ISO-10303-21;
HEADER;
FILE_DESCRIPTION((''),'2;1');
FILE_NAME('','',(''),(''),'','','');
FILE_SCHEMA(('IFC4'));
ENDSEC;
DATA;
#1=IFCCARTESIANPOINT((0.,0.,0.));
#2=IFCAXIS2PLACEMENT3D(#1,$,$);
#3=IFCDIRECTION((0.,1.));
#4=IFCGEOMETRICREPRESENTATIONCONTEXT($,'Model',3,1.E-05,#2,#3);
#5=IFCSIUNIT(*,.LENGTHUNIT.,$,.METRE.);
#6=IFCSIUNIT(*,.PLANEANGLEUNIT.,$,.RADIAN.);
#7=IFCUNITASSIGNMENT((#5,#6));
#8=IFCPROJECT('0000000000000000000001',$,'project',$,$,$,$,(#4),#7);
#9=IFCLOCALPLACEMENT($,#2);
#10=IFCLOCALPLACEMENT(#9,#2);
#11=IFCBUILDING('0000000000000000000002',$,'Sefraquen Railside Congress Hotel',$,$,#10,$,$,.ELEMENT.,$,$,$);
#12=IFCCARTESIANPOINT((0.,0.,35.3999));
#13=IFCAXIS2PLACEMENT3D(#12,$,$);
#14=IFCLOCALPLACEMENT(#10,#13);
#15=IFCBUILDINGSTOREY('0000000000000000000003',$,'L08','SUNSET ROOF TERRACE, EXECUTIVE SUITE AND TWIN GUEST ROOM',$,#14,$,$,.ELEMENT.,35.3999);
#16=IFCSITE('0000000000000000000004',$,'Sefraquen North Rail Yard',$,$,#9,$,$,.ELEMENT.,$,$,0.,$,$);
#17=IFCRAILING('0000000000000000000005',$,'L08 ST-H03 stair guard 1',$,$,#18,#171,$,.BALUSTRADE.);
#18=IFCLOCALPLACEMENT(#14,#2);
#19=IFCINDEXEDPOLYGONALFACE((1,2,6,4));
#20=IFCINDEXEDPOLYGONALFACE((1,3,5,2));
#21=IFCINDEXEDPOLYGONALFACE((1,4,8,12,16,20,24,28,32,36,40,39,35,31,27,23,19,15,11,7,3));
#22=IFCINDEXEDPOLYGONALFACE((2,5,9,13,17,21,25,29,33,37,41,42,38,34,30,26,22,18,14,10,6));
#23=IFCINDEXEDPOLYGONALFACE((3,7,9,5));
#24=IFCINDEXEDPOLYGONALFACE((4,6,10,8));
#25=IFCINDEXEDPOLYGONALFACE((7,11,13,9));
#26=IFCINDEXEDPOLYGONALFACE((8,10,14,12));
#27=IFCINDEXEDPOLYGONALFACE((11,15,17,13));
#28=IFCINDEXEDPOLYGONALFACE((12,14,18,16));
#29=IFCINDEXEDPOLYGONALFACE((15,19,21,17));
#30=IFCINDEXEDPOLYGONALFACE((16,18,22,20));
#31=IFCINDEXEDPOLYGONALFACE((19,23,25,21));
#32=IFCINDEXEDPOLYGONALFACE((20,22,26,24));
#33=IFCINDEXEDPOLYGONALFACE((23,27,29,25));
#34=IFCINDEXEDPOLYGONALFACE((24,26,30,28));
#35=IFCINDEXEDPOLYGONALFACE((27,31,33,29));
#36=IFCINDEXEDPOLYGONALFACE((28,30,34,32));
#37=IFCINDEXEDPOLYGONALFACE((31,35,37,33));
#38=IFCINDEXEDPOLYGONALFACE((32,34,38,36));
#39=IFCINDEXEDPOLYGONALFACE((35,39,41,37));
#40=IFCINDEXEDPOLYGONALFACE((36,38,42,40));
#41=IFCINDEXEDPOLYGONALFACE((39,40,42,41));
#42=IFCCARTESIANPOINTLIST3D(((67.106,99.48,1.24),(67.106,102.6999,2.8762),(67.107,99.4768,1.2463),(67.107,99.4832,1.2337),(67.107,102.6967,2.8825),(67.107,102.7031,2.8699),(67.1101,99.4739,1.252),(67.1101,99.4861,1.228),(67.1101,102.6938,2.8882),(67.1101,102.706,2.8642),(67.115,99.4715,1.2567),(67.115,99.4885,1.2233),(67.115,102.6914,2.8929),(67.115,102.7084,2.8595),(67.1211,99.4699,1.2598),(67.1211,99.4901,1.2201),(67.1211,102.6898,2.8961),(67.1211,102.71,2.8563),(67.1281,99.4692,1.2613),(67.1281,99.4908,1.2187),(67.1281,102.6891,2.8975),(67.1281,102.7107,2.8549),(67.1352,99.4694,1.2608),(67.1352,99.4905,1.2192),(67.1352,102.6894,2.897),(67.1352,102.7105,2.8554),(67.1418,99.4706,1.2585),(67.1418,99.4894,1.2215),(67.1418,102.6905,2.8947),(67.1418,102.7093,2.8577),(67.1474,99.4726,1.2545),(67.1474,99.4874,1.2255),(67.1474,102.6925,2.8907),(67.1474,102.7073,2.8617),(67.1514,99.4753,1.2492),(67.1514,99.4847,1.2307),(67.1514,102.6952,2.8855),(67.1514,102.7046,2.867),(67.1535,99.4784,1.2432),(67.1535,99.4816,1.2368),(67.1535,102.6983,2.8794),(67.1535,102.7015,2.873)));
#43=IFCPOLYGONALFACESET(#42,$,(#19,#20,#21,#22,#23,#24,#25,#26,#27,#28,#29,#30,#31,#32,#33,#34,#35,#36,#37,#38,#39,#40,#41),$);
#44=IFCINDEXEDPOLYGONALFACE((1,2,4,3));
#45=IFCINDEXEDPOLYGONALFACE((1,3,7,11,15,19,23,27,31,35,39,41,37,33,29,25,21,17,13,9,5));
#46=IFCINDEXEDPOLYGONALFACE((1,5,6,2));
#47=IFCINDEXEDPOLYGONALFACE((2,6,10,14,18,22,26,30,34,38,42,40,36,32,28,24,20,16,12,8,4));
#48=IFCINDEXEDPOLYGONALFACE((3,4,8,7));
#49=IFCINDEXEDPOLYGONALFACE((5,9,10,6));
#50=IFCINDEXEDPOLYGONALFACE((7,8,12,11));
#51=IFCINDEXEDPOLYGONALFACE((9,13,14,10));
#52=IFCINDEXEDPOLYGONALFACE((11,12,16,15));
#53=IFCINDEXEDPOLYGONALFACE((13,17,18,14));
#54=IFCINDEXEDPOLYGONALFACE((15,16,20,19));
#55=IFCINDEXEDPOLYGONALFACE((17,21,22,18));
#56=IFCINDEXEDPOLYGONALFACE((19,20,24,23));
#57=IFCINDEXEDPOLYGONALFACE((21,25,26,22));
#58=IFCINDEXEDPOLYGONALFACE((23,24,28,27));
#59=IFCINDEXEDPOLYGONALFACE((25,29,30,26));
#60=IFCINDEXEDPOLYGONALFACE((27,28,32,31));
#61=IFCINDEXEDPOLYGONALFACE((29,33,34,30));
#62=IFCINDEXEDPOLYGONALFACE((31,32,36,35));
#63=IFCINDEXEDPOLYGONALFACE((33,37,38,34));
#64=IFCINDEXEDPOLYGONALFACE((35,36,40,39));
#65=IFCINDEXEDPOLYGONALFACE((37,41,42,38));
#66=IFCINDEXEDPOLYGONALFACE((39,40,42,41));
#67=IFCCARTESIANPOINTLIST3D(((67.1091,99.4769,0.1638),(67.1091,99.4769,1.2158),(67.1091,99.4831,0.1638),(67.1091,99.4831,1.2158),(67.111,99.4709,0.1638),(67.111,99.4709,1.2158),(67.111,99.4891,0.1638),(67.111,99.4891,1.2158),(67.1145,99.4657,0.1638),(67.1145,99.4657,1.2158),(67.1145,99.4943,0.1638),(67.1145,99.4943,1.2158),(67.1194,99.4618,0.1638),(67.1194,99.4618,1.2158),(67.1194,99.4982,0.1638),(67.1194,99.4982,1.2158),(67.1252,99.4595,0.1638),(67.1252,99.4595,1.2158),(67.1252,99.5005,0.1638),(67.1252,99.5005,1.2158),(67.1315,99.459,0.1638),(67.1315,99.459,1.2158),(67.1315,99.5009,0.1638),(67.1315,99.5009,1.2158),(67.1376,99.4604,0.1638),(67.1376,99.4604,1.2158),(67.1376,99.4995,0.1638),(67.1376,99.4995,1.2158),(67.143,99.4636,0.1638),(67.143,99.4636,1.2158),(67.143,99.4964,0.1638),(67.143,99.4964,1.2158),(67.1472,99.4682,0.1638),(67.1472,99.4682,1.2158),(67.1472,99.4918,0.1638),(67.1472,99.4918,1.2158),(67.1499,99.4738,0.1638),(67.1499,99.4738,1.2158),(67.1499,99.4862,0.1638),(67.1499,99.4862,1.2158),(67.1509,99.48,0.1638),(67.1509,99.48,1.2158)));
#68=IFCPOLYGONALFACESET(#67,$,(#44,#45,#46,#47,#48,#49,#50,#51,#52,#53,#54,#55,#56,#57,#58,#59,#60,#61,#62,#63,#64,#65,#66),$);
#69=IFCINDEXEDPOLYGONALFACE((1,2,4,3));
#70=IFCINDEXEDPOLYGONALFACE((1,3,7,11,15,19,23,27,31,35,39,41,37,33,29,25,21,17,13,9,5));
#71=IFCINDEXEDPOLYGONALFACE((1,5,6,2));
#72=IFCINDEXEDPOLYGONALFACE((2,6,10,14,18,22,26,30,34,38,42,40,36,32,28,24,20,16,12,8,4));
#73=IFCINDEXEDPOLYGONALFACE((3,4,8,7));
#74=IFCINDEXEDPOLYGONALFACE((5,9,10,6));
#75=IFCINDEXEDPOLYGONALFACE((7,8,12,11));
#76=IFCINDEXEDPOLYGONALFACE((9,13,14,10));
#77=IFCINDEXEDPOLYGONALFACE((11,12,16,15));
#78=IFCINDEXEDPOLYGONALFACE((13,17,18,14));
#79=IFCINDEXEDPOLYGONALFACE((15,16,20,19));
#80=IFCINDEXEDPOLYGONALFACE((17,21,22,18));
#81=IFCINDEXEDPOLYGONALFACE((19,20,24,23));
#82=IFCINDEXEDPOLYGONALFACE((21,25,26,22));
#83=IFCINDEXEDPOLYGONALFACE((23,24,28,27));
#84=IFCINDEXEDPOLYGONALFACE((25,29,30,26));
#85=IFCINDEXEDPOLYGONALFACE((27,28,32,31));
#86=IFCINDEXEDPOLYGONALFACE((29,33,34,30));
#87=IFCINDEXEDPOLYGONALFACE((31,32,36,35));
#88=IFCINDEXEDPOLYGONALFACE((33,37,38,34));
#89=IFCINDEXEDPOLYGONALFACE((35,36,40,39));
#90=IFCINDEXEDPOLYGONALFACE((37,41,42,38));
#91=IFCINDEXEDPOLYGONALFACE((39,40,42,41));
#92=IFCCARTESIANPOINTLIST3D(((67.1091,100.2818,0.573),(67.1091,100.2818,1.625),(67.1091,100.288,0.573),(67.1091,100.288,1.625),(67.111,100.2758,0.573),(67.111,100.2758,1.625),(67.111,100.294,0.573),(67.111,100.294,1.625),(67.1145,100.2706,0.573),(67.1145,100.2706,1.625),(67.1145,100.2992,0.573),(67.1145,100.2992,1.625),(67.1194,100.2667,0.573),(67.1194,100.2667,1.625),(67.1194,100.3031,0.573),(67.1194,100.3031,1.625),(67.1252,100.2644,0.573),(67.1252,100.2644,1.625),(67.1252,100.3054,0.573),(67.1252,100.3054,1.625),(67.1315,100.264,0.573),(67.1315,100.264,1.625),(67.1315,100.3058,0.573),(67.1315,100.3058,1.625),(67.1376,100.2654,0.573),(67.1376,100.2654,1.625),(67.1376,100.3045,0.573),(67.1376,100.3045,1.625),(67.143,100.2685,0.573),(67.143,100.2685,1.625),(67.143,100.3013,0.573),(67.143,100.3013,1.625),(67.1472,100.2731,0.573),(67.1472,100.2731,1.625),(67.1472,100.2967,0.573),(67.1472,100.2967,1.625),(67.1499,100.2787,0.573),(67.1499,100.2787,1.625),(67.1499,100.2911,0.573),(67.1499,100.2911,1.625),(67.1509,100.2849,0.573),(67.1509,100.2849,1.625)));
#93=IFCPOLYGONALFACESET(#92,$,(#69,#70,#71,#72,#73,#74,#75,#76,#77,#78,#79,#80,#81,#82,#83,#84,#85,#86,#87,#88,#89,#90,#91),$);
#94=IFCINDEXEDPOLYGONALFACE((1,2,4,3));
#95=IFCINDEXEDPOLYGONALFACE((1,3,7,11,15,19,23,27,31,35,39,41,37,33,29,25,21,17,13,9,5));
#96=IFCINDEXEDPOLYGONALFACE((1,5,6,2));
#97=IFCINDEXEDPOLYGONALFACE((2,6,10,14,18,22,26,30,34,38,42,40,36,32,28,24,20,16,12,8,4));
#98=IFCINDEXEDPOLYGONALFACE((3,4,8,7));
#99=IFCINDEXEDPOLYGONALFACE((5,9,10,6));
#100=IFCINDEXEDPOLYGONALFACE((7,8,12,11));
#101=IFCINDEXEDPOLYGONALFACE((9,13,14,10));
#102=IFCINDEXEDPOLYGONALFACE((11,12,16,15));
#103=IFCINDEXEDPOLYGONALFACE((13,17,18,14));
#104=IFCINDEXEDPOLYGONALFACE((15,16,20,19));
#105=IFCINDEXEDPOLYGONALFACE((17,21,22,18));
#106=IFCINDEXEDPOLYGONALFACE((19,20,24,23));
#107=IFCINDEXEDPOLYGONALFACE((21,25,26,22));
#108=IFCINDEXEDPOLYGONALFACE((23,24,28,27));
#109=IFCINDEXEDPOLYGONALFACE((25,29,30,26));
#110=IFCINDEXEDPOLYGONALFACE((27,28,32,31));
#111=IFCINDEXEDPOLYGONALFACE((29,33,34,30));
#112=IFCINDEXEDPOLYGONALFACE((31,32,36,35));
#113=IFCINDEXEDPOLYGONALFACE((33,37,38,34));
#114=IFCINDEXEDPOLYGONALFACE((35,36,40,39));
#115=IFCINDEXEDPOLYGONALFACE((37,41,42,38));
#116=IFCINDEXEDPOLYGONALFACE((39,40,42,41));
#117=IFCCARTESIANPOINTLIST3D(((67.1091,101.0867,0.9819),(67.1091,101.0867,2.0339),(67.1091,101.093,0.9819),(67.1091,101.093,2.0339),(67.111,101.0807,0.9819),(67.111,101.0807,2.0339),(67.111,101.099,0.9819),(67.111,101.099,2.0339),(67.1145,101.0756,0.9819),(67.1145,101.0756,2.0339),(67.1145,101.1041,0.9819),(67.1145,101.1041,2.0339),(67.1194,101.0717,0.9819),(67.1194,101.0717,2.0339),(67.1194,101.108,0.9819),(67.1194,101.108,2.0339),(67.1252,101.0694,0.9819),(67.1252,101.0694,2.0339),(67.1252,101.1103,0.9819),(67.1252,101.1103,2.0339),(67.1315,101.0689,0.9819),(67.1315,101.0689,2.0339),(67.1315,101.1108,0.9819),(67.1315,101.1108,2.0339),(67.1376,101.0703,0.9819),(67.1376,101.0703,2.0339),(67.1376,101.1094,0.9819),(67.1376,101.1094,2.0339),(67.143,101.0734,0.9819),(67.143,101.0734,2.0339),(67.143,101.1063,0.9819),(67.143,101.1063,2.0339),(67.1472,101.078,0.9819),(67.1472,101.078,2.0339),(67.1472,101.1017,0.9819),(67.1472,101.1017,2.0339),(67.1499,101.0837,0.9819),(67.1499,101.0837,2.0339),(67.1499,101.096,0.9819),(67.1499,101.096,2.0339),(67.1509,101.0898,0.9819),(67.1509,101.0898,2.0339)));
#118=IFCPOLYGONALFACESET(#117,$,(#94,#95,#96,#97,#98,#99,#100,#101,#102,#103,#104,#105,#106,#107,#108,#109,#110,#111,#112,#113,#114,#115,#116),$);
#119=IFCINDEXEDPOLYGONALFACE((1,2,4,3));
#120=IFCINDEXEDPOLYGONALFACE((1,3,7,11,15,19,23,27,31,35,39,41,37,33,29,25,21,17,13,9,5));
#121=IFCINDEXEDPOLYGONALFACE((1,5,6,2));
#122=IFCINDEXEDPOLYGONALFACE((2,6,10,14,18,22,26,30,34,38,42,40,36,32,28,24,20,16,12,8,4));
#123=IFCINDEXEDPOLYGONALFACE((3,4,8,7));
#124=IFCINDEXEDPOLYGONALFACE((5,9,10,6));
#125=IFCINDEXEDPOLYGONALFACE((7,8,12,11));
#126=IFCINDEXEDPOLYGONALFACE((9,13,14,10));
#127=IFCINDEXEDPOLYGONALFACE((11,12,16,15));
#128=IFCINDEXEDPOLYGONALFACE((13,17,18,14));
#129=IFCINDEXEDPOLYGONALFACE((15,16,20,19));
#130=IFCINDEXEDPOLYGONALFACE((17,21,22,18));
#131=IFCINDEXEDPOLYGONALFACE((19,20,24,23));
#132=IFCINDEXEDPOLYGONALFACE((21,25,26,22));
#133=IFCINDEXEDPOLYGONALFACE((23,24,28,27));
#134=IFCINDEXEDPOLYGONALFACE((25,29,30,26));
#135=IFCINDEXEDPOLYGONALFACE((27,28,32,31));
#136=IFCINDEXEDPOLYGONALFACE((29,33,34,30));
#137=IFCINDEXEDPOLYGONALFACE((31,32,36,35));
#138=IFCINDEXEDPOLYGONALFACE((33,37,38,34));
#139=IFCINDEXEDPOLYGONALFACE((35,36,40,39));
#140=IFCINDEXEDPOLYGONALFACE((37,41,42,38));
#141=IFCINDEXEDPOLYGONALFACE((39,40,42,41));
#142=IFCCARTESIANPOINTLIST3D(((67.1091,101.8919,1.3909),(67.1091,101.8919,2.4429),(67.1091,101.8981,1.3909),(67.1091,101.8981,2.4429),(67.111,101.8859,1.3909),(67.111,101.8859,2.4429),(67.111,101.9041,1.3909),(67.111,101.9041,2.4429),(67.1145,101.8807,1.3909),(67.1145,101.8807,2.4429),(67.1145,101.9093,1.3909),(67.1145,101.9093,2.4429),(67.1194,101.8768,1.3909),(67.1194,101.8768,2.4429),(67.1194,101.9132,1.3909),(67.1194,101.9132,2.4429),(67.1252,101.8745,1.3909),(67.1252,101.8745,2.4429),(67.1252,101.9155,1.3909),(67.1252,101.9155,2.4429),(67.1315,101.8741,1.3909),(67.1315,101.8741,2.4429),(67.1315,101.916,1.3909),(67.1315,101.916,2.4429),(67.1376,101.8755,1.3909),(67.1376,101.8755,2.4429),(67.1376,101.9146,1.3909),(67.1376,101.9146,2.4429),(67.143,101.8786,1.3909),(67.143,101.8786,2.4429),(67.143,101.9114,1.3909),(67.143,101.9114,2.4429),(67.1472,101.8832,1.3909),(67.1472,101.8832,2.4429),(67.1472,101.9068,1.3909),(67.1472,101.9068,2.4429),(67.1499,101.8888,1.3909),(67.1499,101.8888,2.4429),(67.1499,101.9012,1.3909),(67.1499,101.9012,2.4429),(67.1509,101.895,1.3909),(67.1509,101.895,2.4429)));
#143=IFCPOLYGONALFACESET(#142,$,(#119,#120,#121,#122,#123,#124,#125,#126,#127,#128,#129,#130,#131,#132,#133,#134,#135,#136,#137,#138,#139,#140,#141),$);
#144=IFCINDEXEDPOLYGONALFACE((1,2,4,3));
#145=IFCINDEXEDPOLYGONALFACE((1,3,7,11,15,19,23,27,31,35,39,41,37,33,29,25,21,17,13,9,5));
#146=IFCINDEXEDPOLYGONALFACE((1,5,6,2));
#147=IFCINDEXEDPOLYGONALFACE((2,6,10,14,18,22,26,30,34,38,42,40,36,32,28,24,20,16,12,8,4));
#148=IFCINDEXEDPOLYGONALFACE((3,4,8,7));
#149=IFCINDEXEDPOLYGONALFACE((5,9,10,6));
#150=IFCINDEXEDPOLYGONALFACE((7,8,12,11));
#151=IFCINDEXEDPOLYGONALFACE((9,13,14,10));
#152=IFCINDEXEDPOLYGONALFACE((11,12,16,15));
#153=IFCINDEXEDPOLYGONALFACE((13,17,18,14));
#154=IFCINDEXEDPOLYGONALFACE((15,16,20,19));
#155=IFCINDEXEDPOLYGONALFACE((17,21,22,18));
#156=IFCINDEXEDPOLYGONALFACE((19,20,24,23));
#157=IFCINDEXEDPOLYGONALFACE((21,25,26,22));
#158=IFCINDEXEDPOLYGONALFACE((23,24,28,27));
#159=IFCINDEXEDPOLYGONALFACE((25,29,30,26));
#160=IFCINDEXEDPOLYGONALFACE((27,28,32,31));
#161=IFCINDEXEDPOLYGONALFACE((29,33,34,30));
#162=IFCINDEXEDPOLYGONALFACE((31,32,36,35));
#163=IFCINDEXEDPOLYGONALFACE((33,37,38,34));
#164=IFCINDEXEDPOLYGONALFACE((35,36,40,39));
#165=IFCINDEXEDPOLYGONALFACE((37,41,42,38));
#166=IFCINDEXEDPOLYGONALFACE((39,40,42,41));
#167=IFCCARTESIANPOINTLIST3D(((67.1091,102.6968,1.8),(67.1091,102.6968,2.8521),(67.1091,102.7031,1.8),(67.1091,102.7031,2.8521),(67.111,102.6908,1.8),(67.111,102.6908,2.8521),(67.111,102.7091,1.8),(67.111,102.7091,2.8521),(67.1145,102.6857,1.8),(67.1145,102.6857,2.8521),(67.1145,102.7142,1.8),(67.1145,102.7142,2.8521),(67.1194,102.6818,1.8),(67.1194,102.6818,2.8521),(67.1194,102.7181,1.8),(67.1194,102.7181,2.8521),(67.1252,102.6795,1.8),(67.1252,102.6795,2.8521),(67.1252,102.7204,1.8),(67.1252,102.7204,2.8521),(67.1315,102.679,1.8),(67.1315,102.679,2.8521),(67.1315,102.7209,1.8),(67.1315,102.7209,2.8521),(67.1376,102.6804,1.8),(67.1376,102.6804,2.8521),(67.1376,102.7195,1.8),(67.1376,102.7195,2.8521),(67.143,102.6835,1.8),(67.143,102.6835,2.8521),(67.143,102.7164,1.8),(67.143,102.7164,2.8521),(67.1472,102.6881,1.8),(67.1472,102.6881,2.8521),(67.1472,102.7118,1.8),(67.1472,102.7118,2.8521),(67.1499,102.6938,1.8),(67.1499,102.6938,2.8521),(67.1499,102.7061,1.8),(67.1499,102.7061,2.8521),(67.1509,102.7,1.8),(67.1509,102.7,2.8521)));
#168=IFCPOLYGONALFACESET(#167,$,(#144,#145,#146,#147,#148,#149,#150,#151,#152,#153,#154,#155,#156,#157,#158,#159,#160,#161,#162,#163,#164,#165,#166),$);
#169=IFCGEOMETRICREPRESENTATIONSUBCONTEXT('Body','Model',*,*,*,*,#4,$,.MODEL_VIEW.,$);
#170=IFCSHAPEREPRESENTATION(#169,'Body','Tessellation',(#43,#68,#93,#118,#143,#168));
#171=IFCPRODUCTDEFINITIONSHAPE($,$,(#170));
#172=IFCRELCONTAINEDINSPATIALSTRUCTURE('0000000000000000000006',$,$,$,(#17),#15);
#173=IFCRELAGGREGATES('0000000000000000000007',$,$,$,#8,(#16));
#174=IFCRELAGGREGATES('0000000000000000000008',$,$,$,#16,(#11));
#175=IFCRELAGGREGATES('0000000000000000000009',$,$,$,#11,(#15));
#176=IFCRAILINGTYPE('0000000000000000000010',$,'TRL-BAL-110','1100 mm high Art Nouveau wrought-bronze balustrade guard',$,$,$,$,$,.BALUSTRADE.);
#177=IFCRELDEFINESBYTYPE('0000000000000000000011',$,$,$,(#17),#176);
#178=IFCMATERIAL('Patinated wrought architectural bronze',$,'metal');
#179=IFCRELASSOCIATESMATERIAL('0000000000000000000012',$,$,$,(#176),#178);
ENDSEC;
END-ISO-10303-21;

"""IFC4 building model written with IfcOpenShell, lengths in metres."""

from ifc_helpers import new_model, si_unit, direction, frame, origin, origin_2d, place, context, subcontext, project, spatial, circle, extrude, material, type_object, element, save


model = new_model("IFC4")

# Units and contexts
model_context = context("Model", 3, precision=1e-05, world=origin(), true_north=direction((0.0, 1.0)))
body_context = subcontext(model_context, "Body", "Model", "MODEL_VIEW")
ifc_project = project(units=[si_unit("LENGTHUNIT", "METRE"), si_unit("PLANEANGLEUNIT", "RADIAN")], contexts=[model_context])

# Site, building, storey
site_placement = place(None, origin())
site = spatial("IfcSite", under=ifc_project, at=site_placement, Name="Sefraquen North Rail Yard", CompositionType="ELEMENT", RefElevation=0.0)
building_placement = place(site_placement, origin())
building = spatial("IfcBuilding", under=site, at=building_placement, Name="Sefraquen Railside Congress Hotel", CompositionType="ELEMENT")
storey_placement = place(building_placement, frame((0.0, 0.0, 35.3999)))
storey = spatial("IfcBuildingStorey", under=building, at=storey_placement, Name="L08", Description="SUNSET ROOF TERRACE, EXECUTIVE SUITE AND TWIN GUEST ROOM", CompositionType="ELEMENT", Elevation=35.3999)

# Railing
ifc_material_1 = material(Name="Patinated wrought architectural bronze", Category="metal")
railing_type_1 = type_object("IfcRailingType", Name="TRL-BAL-110", Description="1100 mm high Art Nouveau wrought-bronze balustrade guard", PredefinedType="BALUSTRADE", material=ifc_material_1)
railing_1_placement = place(storey_placement, frame((67.1299, 99.48, 0.1638)))
element("IfcRailing", 1, at=railing_1_placement, inside=storey, type_object=railing_type_1, Name="L08 ST-H03 stair guard 1", PredefinedType="BALUSTRADE", context=body_context, shape_type="SweptSolid", body=[
    extrude(circle(Radius=0.0239, at=origin_2d()), frame((0.0, 0.0, 1.0762), z_axis=(0.0, 0.891502, 0.453017), x_axis=(-1.0, 0.0, 0.0)), (0.0, 0.0, 1.0), 3.6118),
    extrude(circle(Radius=0.021, at=origin_2d()), origin(), (0.0, 0.0, 1.0), 1.052),
    extrude(circle(Radius=0.021, at=origin_2d()), frame((0.0, 0.8049, 0.4092)), (0.0, 0.0, 1.0), 1.052),
    extrude(circle(Radius=0.021, at=origin_2d()), frame((0.0, 1.6099, 0.8181)), (0.0, 0.0, 1.0), 1.052),
    extrude(circle(Radius=0.021, at=origin_2d()), frame((0.0, 2.415, 1.2271)), (0.0, 0.0, 1.0), 1.052),
    extrude(circle(Radius=0.021, at=origin_2d()), frame((0.0, 3.22, 1.6362)), (0.0, 0.0, 1.0), 1.052),
])

save(model, "model.ifc")
